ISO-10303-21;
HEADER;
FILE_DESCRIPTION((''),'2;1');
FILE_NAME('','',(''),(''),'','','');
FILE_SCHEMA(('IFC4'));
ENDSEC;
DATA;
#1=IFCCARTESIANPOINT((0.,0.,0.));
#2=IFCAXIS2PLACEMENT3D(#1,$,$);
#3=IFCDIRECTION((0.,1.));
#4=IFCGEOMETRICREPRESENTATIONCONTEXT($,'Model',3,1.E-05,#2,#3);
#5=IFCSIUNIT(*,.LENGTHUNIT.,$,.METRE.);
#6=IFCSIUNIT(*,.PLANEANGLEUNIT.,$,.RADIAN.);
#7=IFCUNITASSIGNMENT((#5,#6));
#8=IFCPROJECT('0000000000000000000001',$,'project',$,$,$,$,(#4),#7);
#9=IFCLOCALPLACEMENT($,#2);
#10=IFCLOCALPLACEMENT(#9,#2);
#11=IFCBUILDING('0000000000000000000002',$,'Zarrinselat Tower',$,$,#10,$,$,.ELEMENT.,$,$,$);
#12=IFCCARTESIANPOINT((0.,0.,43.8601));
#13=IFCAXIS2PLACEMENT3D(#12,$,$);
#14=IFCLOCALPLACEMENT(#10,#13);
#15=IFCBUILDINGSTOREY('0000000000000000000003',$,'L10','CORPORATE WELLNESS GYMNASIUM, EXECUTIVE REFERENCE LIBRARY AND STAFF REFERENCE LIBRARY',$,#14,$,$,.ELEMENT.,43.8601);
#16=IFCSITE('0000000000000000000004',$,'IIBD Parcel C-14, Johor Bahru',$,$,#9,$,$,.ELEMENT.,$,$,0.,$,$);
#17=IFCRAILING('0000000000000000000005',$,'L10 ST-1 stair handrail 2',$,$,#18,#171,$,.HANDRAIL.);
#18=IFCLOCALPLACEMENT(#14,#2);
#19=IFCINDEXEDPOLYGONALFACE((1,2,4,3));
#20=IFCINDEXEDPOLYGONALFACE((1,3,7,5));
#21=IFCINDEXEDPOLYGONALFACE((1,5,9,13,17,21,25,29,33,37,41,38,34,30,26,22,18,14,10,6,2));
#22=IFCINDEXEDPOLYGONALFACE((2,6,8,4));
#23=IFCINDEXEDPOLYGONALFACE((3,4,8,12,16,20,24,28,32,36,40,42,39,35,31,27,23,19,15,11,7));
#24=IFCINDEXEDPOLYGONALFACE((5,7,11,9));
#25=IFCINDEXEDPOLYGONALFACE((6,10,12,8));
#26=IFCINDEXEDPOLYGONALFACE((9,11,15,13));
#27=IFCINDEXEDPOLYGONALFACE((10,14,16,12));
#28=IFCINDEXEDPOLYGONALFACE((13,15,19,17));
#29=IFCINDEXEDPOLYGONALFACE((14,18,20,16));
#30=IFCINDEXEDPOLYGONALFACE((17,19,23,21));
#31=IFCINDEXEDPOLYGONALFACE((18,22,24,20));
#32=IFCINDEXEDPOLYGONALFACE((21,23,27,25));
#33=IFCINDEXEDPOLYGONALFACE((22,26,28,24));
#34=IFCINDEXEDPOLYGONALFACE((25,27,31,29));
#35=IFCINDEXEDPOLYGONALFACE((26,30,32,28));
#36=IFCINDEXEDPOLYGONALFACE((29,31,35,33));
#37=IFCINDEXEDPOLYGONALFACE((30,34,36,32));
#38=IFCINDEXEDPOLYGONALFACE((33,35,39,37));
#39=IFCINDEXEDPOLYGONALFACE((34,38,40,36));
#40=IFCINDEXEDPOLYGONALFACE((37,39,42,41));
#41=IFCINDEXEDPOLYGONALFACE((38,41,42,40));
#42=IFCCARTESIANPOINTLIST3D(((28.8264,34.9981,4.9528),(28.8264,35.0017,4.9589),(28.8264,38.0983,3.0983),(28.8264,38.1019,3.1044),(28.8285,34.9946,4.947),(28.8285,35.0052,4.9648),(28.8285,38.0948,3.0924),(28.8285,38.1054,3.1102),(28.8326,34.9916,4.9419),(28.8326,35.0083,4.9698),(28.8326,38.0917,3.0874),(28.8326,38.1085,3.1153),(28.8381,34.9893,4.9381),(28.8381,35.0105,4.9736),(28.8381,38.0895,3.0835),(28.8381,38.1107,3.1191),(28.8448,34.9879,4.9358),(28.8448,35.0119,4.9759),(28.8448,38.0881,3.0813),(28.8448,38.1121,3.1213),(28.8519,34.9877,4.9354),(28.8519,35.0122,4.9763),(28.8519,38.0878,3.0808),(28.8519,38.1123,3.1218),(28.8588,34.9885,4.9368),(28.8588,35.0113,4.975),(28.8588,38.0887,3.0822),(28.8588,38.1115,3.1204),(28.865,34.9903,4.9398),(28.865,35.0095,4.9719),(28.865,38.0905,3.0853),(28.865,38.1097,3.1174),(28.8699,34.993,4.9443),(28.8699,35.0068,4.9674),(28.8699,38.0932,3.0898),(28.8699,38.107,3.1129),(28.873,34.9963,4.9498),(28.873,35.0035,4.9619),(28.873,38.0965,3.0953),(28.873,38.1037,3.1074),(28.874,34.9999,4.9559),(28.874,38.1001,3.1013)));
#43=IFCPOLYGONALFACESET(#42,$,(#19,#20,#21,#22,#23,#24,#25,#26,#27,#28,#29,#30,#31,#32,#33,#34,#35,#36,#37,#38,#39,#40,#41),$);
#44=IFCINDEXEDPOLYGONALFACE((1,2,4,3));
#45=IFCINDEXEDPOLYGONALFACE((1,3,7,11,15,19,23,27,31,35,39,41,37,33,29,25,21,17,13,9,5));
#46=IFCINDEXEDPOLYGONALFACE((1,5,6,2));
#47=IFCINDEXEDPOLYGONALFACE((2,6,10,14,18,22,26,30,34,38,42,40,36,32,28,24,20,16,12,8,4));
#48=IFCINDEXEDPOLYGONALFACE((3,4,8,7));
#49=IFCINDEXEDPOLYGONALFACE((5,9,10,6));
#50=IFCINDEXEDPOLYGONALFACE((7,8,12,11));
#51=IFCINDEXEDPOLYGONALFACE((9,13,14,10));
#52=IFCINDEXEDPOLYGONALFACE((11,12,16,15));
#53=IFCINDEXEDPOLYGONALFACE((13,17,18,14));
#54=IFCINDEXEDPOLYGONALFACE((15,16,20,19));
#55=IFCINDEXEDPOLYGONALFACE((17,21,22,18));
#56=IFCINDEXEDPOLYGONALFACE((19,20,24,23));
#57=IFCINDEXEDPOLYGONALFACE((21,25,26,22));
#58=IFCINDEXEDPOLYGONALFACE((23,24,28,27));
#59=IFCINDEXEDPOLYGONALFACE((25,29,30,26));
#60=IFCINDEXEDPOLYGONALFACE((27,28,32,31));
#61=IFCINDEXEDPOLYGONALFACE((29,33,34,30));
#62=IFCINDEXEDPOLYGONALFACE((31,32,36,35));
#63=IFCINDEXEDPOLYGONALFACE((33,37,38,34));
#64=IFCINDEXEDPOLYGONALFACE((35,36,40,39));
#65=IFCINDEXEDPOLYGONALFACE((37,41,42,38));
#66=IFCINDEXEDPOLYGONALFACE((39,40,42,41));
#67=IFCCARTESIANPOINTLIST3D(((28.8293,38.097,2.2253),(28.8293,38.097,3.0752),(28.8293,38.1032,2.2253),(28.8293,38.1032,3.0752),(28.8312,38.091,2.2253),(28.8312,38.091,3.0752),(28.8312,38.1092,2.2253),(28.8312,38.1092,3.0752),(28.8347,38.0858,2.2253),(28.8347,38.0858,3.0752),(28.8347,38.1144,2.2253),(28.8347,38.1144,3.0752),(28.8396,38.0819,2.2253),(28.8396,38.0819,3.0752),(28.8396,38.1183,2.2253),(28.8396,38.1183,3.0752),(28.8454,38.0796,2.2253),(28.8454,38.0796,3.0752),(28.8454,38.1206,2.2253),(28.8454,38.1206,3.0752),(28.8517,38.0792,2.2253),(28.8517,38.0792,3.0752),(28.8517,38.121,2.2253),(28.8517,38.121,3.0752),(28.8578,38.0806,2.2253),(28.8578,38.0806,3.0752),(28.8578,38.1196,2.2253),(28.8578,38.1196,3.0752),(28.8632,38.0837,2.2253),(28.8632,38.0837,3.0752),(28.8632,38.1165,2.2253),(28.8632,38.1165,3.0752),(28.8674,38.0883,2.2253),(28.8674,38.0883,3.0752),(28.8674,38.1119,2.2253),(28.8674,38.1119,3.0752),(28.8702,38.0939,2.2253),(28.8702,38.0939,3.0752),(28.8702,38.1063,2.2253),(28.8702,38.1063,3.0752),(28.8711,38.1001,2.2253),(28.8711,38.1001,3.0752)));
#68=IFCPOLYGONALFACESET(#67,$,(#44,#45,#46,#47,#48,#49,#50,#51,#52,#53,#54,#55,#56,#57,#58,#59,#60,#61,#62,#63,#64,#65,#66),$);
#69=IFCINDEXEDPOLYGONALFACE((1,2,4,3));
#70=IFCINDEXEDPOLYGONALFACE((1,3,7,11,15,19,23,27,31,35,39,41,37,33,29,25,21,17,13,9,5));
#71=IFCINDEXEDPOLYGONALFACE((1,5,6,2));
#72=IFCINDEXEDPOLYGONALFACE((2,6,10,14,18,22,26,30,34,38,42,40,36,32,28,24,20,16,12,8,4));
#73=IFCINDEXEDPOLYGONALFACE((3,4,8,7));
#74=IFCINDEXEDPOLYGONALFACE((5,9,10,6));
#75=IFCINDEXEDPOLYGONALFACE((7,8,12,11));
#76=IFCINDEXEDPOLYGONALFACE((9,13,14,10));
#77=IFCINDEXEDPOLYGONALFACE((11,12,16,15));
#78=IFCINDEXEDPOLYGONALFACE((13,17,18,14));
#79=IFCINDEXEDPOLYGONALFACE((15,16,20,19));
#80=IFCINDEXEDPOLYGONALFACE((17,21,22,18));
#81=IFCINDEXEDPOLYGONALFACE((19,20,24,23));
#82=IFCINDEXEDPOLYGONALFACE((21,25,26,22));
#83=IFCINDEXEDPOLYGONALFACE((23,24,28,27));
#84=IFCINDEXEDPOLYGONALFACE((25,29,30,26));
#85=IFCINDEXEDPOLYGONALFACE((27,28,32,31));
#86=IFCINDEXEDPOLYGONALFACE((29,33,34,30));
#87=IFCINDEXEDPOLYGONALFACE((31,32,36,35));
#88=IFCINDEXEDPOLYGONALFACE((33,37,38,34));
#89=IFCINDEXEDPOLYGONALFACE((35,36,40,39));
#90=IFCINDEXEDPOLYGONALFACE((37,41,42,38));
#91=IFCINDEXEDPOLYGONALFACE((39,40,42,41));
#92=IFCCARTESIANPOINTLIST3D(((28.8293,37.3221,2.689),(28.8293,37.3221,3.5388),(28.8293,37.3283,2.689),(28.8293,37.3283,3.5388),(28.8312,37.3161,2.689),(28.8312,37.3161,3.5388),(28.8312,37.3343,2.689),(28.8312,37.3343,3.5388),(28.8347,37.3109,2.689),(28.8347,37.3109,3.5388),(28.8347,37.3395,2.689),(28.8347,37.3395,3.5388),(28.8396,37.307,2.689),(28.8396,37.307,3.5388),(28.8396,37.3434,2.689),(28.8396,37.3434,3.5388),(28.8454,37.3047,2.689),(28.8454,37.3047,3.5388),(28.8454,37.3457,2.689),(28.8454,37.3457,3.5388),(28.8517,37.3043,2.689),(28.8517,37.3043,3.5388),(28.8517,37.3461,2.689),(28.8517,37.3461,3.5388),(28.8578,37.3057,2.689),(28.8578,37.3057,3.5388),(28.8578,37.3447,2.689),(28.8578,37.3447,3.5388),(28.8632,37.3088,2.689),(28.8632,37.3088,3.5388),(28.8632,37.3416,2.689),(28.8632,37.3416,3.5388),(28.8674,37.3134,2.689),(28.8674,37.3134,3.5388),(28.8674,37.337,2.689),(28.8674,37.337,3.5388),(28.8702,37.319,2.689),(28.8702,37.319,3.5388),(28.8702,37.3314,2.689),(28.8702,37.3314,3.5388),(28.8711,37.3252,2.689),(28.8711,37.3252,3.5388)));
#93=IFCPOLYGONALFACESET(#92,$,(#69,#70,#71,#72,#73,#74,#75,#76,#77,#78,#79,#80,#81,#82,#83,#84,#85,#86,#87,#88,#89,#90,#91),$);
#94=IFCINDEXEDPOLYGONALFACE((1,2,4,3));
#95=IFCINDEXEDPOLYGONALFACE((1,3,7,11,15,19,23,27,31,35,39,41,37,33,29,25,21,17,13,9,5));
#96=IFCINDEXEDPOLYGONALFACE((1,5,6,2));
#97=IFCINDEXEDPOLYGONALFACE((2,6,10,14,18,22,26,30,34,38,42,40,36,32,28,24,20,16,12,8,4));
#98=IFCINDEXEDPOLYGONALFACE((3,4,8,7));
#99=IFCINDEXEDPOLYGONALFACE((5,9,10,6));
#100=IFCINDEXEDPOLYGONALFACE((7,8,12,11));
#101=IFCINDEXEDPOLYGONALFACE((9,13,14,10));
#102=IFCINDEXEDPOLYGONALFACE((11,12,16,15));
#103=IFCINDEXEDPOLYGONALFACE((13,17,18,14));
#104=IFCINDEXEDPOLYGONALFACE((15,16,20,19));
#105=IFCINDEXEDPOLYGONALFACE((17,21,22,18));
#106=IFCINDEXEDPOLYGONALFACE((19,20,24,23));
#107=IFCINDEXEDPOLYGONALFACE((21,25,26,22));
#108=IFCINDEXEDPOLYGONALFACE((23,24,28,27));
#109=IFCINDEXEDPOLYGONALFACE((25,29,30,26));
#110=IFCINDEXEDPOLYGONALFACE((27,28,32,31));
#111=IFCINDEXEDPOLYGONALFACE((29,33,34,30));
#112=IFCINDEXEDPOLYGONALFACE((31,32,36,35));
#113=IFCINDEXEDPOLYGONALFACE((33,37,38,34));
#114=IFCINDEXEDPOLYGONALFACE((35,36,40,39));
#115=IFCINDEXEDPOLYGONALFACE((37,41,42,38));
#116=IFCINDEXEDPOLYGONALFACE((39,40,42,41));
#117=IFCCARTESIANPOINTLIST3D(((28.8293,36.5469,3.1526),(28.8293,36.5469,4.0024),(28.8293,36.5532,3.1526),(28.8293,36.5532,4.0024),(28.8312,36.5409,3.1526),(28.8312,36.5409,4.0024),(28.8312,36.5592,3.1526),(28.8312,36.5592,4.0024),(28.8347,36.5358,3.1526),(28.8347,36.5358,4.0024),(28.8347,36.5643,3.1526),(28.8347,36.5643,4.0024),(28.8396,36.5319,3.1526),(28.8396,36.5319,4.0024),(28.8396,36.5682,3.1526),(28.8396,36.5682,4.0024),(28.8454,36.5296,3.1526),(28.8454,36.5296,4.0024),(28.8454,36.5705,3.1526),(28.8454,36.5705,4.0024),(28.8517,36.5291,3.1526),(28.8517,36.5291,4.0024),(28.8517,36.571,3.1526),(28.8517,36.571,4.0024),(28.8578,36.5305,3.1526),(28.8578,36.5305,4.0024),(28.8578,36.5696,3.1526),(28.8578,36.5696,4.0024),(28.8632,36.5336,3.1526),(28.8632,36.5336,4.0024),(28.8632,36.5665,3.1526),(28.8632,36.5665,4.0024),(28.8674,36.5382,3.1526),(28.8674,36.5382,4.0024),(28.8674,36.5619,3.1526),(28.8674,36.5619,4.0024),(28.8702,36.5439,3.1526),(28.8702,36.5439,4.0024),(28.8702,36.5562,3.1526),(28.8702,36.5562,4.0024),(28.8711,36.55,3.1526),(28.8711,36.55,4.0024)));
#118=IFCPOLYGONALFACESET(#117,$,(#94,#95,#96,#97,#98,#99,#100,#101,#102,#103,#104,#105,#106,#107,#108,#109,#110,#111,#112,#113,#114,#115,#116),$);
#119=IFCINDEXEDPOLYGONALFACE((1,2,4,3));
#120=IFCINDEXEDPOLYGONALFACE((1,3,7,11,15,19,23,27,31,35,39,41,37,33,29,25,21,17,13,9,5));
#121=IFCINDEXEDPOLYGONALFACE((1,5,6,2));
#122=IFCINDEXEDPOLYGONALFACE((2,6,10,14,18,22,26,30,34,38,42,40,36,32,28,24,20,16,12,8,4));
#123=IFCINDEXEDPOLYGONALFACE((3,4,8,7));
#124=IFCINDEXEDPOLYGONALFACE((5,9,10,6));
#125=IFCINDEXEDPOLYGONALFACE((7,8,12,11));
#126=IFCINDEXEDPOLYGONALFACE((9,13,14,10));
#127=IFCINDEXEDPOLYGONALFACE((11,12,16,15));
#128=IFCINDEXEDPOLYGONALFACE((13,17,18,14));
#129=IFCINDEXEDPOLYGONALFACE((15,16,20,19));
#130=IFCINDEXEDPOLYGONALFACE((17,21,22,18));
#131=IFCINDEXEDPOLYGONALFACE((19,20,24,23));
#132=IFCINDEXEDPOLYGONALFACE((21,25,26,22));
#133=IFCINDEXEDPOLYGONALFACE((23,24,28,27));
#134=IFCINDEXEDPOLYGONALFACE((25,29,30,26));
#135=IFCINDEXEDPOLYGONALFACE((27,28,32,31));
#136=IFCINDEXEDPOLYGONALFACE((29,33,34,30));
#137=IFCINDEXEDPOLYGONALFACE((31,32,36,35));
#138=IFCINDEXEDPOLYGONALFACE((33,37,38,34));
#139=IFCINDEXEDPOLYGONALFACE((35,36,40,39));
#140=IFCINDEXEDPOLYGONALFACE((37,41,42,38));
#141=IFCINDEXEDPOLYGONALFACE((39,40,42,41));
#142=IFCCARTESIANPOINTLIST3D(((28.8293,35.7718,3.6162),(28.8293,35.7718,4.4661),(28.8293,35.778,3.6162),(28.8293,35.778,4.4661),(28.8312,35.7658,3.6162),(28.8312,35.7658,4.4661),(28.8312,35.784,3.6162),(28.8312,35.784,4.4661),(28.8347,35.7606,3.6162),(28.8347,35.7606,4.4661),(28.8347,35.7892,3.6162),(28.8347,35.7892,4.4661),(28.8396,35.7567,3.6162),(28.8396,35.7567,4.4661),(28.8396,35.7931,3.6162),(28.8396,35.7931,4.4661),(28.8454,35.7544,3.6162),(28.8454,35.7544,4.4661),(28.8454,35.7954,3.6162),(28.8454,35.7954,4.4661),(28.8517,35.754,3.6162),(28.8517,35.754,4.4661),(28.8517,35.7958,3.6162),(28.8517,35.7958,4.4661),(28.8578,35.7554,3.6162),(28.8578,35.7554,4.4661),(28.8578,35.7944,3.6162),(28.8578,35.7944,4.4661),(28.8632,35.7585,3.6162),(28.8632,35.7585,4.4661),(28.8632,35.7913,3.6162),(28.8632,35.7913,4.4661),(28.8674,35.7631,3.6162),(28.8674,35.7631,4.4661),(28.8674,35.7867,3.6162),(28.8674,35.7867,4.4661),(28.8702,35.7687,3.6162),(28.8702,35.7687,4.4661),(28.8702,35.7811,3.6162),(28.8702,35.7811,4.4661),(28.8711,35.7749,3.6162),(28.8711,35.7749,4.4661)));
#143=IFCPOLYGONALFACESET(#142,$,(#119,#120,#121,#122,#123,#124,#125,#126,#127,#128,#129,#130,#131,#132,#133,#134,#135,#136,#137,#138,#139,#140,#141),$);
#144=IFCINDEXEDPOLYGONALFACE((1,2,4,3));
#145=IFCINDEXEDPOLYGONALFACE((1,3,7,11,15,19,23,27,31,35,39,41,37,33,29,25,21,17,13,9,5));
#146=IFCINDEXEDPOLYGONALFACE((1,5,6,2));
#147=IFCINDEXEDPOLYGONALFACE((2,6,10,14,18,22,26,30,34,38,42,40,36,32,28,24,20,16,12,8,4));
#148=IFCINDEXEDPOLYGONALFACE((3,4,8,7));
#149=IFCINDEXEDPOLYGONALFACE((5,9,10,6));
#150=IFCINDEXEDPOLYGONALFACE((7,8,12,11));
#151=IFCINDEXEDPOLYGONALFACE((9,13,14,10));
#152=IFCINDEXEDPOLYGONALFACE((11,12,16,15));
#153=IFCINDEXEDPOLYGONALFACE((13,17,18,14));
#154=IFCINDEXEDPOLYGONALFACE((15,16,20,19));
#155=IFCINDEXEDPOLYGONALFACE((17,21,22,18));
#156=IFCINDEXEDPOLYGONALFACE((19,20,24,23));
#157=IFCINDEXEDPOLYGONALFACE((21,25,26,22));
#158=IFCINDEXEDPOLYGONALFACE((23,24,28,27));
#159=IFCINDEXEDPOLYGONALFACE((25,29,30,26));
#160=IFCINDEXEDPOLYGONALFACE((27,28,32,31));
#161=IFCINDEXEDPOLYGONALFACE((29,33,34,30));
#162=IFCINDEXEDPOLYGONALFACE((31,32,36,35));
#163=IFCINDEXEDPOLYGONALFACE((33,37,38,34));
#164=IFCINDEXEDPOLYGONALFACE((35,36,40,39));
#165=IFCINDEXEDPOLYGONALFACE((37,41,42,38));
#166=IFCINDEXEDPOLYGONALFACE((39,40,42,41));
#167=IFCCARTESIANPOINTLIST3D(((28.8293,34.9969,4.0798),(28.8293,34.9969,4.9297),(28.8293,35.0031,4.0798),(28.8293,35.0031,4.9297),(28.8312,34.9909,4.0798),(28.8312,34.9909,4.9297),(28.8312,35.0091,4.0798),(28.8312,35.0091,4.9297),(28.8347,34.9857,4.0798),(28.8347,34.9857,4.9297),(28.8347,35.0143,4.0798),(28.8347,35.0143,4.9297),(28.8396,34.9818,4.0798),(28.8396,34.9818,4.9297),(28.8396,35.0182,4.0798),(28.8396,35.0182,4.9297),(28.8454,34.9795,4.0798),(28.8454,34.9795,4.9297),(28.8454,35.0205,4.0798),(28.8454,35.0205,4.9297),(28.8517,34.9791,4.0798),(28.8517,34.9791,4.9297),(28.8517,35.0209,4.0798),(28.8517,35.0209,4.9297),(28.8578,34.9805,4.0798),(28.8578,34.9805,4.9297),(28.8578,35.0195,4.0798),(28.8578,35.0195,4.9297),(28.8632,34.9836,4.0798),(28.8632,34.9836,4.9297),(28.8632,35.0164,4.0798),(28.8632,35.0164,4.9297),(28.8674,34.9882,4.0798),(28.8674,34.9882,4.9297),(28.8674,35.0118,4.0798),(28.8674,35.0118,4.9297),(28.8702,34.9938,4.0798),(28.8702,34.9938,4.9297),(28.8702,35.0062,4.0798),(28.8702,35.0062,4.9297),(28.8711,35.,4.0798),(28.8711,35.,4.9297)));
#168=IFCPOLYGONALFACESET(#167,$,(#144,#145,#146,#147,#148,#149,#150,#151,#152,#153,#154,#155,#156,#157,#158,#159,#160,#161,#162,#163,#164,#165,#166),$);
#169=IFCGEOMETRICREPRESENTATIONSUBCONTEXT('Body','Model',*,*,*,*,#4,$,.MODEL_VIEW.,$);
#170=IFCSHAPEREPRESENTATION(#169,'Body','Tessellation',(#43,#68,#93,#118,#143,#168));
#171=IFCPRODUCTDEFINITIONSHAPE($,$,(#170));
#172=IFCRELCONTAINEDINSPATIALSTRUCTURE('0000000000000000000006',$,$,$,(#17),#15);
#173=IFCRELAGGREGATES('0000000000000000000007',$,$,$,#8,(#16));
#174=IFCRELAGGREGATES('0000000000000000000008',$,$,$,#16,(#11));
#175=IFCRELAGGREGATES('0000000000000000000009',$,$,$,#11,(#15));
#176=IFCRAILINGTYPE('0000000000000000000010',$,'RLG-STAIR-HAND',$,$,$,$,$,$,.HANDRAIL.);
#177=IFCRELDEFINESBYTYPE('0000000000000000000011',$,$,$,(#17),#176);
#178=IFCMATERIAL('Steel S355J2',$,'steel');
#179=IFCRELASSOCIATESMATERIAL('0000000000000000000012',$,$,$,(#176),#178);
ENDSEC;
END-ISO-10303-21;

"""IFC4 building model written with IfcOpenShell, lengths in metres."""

from ifc_helpers import new_model, si_unit, direction, frame, origin, origin_2d, place, context, subcontext, project, spatial, circle, extrude, material, type_object, element, save


model = new_model("IFC4")

# Units and contexts
model_context = context("Model", 3, precision=1e-05, world=origin(), true_north=direction((0.0, 1.0)))
body_context = subcontext(model_context, "Body", "Model", "MODEL_VIEW")
ifc_project = project(units=[si_unit("LENGTHUNIT", "METRE"), si_unit("PLANEANGLEUNIT", "RADIAN")], contexts=[model_context])

# Site, building, storey
site_placement = place(None, origin())
site = spatial("IfcSite", under=ifc_project, at=site_placement, Name="IIBD Parcel C-14, Johor Bahru", CompositionType="ELEMENT", RefElevation=0.0)
building_placement = place(site_placement, origin())
building = spatial("IfcBuilding", under=site, at=building_placement, Name="Zarrinselat Tower", CompositionType="ELEMENT")
storey_placement = place(building_placement, frame((0.0, 0.0, 43.8601)))
storey = spatial("IfcBuildingStorey", under=building, at=storey_placement, Name="L10", Description="CORPORATE WELLNESS GYMNASIUM, EXECUTIVE REFERENCE LIBRARY AND STAFF REFERENCE LIBRARY", CompositionType="ELEMENT", Elevation=43.8601)

# Railing
ifc_material_1 = material(Name="Steel S355J2", Category="steel")
railing_type_1 = type_object("IfcRailingType", Name="RLG-STAIR-HAND", PredefinedType="HANDRAIL", material=ifc_material_1)
railing_1_placement = place(storey_placement, frame((28.8501, 38.1001, 2.2253)))
element("IfcRailing", 1, at=railing_1_placement, inside=storey, type_object=railing_type_1, Name="L10 ST-1 stair handrail 2", PredefinedType="HANDRAIL", context=body_context, shape_type="SweptSolid", body=[
    extrude(circle(Radius=0.0239, at=origin_2d()), frame((0.0, 0.0, 0.876), z_axis=(0.0, -0.858172, 0.513362), x_axis=(1.0, 0.0, 0.0)), (0.0, 0.0, 1.0), 3.6125),
    extrude(circle(Radius=0.021, at=origin_2d()), origin(), (0.0, 0.0, 1.0), 0.8499),
    extrude(circle(Radius=0.021, at=origin_2d()), frame((0.0, -0.7749, 0.4636)), (0.0, 0.0, 1.0), 0.8499),
    extrude(circle(Radius=0.021, at=origin_2d()), frame((0.0, -1.55, 0.9272)), (0.0, 0.0, 1.0), 0.8499),
    extrude(circle(Radius=0.021, at=origin_2d()), frame((0.0, -2.3252, 1.3909)), (0.0, 0.0, 1.0), 0.8499),
    extrude(circle(Radius=0.021, at=origin_2d()), frame((0.0, -3.1001, 1.8545)), (0.0, 0.0, 1.0), 0.8499),
])

save(model, "model.ifc")
